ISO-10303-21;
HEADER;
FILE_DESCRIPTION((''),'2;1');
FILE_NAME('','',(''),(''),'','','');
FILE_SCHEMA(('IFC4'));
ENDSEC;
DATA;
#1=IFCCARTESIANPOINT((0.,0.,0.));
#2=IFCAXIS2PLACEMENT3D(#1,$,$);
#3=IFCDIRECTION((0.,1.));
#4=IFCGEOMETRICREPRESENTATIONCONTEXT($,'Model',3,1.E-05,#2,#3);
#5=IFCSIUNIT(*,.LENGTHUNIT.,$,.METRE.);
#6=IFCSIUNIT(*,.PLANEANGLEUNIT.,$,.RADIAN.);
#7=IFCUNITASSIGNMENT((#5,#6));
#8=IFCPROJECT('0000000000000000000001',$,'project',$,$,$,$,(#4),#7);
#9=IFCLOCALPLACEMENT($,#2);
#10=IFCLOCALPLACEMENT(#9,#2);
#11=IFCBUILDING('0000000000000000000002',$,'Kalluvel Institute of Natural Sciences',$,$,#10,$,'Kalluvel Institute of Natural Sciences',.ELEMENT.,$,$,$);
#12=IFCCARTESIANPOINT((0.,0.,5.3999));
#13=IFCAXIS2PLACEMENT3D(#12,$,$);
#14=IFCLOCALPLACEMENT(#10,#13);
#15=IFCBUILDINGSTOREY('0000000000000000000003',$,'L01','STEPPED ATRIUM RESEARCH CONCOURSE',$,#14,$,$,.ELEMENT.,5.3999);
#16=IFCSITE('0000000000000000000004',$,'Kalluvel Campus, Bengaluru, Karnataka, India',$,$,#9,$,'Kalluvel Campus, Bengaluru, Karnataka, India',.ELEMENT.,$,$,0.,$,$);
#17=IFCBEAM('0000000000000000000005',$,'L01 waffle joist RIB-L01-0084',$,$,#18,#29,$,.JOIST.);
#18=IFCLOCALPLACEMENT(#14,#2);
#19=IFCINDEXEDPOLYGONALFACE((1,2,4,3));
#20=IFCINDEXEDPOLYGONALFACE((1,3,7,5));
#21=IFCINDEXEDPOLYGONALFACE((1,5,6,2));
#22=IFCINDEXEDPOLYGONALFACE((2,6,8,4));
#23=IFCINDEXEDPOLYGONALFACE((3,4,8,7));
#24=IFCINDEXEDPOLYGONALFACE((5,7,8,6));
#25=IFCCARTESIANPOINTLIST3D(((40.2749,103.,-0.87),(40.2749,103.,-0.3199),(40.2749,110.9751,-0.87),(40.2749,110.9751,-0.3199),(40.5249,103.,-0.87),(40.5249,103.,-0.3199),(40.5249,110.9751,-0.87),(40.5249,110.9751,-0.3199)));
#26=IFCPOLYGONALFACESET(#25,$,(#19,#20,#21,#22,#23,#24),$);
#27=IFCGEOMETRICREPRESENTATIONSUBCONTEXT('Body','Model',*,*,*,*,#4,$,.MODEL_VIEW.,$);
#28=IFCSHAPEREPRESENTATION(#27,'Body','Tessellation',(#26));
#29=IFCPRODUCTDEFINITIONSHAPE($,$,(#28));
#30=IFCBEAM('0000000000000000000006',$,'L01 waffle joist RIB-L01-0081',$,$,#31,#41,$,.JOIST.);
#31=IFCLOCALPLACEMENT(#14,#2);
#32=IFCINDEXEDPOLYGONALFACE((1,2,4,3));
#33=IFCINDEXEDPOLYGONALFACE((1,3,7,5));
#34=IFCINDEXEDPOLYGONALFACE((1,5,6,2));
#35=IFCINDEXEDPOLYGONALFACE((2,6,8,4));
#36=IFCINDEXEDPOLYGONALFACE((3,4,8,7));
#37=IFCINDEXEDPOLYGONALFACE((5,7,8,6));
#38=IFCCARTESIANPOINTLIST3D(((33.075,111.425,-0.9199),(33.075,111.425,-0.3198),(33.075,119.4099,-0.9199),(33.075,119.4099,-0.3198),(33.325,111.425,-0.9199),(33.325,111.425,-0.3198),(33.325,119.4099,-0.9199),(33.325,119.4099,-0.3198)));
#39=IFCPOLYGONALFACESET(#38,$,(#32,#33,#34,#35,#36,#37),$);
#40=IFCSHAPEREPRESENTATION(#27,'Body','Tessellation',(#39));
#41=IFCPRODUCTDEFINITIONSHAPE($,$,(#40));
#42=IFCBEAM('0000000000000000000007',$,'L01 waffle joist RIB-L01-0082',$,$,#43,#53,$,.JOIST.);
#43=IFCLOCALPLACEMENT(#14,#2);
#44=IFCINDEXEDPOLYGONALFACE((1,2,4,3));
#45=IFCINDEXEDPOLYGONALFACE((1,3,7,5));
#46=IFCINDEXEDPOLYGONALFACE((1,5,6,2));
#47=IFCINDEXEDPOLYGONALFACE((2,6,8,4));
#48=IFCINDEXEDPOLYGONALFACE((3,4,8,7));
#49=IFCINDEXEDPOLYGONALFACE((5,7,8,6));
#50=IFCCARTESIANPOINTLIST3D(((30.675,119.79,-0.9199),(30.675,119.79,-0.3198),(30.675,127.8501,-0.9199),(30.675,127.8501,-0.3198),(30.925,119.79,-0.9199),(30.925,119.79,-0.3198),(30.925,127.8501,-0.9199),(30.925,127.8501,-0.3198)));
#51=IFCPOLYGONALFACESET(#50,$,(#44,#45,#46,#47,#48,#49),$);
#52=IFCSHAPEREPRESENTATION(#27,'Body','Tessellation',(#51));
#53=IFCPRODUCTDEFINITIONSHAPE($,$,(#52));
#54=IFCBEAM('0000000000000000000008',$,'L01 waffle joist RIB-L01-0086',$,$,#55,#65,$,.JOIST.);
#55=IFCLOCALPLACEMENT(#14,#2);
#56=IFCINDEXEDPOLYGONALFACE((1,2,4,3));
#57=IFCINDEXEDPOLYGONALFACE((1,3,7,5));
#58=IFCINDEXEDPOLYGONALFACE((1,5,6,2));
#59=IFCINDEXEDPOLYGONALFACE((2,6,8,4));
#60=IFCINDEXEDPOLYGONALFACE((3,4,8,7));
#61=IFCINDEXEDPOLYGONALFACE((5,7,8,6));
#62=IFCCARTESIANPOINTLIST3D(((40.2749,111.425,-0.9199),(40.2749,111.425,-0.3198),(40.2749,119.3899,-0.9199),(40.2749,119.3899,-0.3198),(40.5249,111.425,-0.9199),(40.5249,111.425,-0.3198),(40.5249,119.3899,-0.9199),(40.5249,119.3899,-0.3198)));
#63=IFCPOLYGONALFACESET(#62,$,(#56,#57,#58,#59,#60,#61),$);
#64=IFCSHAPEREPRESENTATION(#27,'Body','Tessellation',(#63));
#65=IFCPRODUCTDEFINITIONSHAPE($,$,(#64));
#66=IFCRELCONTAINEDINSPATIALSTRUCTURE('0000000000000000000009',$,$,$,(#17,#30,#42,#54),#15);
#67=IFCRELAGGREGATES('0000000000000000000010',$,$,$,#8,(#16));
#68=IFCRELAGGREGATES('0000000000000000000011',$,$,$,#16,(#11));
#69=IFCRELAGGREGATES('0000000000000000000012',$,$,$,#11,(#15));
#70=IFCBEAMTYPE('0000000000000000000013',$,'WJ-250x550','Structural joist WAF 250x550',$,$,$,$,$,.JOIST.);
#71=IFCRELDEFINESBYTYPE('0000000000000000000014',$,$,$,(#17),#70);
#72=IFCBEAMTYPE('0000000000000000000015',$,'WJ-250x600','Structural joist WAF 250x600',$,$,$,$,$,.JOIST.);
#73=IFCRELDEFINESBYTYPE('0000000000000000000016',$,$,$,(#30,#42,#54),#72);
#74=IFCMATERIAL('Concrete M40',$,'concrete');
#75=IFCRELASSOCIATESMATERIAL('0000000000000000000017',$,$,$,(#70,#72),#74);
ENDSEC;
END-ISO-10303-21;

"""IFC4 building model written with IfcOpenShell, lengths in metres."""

from ifc_helpers import new_model, si_unit, direction, frame, origin, origin_2d, place, context, subcontext, project, spatial, rectangle, extrude, material, material_profile, profile_set, type_object, element, save


model = new_model("IFC4")

# Units and contexts
model_context = context("Model", 3, precision=1e-05, world=origin(), true_north=direction((0.0, 1.0)))
body_context = subcontext(model_context, "Body", "Model", "MODEL_VIEW")
ifc_project = project(units=[si_unit("LENGTHUNIT", "METRE"), si_unit("PLANEANGLEUNIT", "RADIAN")], contexts=[model_context])

# Site, building, storey
site_placement = place(None, origin())
site = spatial("IfcSite", under=ifc_project, at=site_placement, Name="Kalluvel Campus, Bengaluru, Karnataka, India", LongName="Kalluvel Campus, Bengaluru, Karnataka, India", CompositionType="ELEMENT", RefElevation=0.0)
building_placement = place(site_placement, origin())
building = spatial("IfcBuilding", under=site, at=building_placement, Name="Kalluvel Institute of Natural Sciences", LongName="Kalluvel Institute of Natural Sciences", CompositionType="ELEMENT")
storey_placement = place(building_placement, frame((0.0, 0.0, 5.3999)))
storey = spatial("IfcBuildingStorey", under=building, at=storey_placement, Name="L01", Description="STEPPED ATRIUM RESEARCH CONCOURSE", CompositionType="ELEMENT", Elevation=5.3999)

# Beams
ifc_material_1 = material(Name="Concrete M40", Category="concrete")
ifc_material_profile_1 = material_profile(ifc_material_1, rectangle(XDim=0.25, YDim=0.55, at=origin_2d()), Name="WAF 250x550")
ifc_profile_set_1 = profile_set([ifc_material_profile_1], Name="Concrete M40")
beam_type_1 = type_object("IfcBeamType", Name="WJ-250x550", Description="Structural joist WAF 250x550", PredefinedType="JOIST", material=ifc_profile_set_1)
beam_1_placement = place(storey_placement, frame((40.3999, 103.0, -0.595), z_axis=(0.0, 1.0, 0.0), x_axis=(-1.0, 0.0, 0.0)))
element("IfcBeam", 1, at=beam_1_placement, inside=storey, type_object=beam_type_1, Name="L01 waffle joist RIB-L01-0084", PredefinedType="JOIST", context=body_context, shape_type="SweptSolid", body=[
    extrude(rectangle(XDim=0.25, YDim=0.55, at=origin_2d()), origin(), (0.0, 0.0, 1.0), 7.9751),
])
ifc_material_profile_2 = material_profile(ifc_material_1, rectangle(XDim=0.25, YDim=0.6001, at=origin_2d()), Name="WAF 250x600")
ifc_profile_set_2 = profile_set([ifc_material_profile_2], Name="Concrete M40")
beam_type_2 = type_object("IfcBeamType", Name="WJ-250x600", Description="Structural joist WAF 250x600", PredefinedType="JOIST", material=ifc_profile_set_2)
beam_2_placement = place(storey_placement, frame((33.2, 111.425, -0.6199), z_axis=(0.0, 1.0, 0.0), x_axis=(-1.0, 0.0, 0.0)))
element("IfcBeam", 2, at=beam_2_placement, inside=storey, type_object=beam_type_2, Name="L01 waffle joist RIB-L01-0081", PredefinedType="JOIST", context=body_context, shape_type="SweptSolid", body=[
    extrude(rectangle(XDim=0.25, YDim=0.6001, at=origin_2d()), origin(), (0.0, 0.0, 1.0), 7.9849),
])
beam_3_placement = place(storey_placement, frame((30.8, 119.79, -0.6199), z_axis=(0.0, 1.0, 0.0), x_axis=(-1.0, 0.0, 0.0)))
element("IfcBeam", 3, at=beam_3_placement, inside=storey, type_object=beam_type_2, Name="L01 waffle joist RIB-L01-0082", PredefinedType="JOIST", context=body_context, shape_type="SweptSolid", body=[
    extrude(rectangle(XDim=0.25, YDim=0.6001, at=origin_2d()), origin(), (0.0, 0.0, 1.0), 8.0601),
])
beam_4_placement = place(storey_placement, frame((40.3999, 111.425, -0.6199), z_axis=(0.0, 1.0, 0.0), x_axis=(-1.0, 0.0, 0.0)))
element("IfcBeam", 4, at=beam_4_placement, inside=storey, type_object=beam_type_2, Name="L01 waffle joist RIB-L01-0086", PredefinedType="JOIST", context=body_context, shape_type="SweptSolid", body=[
    extrude(rectangle(XDim=0.25, YDim=0.6001, at=origin_2d()), origin(), (0.0, 0.0, 1.0), 7.9648),
])

save(model, "model.ifc")
